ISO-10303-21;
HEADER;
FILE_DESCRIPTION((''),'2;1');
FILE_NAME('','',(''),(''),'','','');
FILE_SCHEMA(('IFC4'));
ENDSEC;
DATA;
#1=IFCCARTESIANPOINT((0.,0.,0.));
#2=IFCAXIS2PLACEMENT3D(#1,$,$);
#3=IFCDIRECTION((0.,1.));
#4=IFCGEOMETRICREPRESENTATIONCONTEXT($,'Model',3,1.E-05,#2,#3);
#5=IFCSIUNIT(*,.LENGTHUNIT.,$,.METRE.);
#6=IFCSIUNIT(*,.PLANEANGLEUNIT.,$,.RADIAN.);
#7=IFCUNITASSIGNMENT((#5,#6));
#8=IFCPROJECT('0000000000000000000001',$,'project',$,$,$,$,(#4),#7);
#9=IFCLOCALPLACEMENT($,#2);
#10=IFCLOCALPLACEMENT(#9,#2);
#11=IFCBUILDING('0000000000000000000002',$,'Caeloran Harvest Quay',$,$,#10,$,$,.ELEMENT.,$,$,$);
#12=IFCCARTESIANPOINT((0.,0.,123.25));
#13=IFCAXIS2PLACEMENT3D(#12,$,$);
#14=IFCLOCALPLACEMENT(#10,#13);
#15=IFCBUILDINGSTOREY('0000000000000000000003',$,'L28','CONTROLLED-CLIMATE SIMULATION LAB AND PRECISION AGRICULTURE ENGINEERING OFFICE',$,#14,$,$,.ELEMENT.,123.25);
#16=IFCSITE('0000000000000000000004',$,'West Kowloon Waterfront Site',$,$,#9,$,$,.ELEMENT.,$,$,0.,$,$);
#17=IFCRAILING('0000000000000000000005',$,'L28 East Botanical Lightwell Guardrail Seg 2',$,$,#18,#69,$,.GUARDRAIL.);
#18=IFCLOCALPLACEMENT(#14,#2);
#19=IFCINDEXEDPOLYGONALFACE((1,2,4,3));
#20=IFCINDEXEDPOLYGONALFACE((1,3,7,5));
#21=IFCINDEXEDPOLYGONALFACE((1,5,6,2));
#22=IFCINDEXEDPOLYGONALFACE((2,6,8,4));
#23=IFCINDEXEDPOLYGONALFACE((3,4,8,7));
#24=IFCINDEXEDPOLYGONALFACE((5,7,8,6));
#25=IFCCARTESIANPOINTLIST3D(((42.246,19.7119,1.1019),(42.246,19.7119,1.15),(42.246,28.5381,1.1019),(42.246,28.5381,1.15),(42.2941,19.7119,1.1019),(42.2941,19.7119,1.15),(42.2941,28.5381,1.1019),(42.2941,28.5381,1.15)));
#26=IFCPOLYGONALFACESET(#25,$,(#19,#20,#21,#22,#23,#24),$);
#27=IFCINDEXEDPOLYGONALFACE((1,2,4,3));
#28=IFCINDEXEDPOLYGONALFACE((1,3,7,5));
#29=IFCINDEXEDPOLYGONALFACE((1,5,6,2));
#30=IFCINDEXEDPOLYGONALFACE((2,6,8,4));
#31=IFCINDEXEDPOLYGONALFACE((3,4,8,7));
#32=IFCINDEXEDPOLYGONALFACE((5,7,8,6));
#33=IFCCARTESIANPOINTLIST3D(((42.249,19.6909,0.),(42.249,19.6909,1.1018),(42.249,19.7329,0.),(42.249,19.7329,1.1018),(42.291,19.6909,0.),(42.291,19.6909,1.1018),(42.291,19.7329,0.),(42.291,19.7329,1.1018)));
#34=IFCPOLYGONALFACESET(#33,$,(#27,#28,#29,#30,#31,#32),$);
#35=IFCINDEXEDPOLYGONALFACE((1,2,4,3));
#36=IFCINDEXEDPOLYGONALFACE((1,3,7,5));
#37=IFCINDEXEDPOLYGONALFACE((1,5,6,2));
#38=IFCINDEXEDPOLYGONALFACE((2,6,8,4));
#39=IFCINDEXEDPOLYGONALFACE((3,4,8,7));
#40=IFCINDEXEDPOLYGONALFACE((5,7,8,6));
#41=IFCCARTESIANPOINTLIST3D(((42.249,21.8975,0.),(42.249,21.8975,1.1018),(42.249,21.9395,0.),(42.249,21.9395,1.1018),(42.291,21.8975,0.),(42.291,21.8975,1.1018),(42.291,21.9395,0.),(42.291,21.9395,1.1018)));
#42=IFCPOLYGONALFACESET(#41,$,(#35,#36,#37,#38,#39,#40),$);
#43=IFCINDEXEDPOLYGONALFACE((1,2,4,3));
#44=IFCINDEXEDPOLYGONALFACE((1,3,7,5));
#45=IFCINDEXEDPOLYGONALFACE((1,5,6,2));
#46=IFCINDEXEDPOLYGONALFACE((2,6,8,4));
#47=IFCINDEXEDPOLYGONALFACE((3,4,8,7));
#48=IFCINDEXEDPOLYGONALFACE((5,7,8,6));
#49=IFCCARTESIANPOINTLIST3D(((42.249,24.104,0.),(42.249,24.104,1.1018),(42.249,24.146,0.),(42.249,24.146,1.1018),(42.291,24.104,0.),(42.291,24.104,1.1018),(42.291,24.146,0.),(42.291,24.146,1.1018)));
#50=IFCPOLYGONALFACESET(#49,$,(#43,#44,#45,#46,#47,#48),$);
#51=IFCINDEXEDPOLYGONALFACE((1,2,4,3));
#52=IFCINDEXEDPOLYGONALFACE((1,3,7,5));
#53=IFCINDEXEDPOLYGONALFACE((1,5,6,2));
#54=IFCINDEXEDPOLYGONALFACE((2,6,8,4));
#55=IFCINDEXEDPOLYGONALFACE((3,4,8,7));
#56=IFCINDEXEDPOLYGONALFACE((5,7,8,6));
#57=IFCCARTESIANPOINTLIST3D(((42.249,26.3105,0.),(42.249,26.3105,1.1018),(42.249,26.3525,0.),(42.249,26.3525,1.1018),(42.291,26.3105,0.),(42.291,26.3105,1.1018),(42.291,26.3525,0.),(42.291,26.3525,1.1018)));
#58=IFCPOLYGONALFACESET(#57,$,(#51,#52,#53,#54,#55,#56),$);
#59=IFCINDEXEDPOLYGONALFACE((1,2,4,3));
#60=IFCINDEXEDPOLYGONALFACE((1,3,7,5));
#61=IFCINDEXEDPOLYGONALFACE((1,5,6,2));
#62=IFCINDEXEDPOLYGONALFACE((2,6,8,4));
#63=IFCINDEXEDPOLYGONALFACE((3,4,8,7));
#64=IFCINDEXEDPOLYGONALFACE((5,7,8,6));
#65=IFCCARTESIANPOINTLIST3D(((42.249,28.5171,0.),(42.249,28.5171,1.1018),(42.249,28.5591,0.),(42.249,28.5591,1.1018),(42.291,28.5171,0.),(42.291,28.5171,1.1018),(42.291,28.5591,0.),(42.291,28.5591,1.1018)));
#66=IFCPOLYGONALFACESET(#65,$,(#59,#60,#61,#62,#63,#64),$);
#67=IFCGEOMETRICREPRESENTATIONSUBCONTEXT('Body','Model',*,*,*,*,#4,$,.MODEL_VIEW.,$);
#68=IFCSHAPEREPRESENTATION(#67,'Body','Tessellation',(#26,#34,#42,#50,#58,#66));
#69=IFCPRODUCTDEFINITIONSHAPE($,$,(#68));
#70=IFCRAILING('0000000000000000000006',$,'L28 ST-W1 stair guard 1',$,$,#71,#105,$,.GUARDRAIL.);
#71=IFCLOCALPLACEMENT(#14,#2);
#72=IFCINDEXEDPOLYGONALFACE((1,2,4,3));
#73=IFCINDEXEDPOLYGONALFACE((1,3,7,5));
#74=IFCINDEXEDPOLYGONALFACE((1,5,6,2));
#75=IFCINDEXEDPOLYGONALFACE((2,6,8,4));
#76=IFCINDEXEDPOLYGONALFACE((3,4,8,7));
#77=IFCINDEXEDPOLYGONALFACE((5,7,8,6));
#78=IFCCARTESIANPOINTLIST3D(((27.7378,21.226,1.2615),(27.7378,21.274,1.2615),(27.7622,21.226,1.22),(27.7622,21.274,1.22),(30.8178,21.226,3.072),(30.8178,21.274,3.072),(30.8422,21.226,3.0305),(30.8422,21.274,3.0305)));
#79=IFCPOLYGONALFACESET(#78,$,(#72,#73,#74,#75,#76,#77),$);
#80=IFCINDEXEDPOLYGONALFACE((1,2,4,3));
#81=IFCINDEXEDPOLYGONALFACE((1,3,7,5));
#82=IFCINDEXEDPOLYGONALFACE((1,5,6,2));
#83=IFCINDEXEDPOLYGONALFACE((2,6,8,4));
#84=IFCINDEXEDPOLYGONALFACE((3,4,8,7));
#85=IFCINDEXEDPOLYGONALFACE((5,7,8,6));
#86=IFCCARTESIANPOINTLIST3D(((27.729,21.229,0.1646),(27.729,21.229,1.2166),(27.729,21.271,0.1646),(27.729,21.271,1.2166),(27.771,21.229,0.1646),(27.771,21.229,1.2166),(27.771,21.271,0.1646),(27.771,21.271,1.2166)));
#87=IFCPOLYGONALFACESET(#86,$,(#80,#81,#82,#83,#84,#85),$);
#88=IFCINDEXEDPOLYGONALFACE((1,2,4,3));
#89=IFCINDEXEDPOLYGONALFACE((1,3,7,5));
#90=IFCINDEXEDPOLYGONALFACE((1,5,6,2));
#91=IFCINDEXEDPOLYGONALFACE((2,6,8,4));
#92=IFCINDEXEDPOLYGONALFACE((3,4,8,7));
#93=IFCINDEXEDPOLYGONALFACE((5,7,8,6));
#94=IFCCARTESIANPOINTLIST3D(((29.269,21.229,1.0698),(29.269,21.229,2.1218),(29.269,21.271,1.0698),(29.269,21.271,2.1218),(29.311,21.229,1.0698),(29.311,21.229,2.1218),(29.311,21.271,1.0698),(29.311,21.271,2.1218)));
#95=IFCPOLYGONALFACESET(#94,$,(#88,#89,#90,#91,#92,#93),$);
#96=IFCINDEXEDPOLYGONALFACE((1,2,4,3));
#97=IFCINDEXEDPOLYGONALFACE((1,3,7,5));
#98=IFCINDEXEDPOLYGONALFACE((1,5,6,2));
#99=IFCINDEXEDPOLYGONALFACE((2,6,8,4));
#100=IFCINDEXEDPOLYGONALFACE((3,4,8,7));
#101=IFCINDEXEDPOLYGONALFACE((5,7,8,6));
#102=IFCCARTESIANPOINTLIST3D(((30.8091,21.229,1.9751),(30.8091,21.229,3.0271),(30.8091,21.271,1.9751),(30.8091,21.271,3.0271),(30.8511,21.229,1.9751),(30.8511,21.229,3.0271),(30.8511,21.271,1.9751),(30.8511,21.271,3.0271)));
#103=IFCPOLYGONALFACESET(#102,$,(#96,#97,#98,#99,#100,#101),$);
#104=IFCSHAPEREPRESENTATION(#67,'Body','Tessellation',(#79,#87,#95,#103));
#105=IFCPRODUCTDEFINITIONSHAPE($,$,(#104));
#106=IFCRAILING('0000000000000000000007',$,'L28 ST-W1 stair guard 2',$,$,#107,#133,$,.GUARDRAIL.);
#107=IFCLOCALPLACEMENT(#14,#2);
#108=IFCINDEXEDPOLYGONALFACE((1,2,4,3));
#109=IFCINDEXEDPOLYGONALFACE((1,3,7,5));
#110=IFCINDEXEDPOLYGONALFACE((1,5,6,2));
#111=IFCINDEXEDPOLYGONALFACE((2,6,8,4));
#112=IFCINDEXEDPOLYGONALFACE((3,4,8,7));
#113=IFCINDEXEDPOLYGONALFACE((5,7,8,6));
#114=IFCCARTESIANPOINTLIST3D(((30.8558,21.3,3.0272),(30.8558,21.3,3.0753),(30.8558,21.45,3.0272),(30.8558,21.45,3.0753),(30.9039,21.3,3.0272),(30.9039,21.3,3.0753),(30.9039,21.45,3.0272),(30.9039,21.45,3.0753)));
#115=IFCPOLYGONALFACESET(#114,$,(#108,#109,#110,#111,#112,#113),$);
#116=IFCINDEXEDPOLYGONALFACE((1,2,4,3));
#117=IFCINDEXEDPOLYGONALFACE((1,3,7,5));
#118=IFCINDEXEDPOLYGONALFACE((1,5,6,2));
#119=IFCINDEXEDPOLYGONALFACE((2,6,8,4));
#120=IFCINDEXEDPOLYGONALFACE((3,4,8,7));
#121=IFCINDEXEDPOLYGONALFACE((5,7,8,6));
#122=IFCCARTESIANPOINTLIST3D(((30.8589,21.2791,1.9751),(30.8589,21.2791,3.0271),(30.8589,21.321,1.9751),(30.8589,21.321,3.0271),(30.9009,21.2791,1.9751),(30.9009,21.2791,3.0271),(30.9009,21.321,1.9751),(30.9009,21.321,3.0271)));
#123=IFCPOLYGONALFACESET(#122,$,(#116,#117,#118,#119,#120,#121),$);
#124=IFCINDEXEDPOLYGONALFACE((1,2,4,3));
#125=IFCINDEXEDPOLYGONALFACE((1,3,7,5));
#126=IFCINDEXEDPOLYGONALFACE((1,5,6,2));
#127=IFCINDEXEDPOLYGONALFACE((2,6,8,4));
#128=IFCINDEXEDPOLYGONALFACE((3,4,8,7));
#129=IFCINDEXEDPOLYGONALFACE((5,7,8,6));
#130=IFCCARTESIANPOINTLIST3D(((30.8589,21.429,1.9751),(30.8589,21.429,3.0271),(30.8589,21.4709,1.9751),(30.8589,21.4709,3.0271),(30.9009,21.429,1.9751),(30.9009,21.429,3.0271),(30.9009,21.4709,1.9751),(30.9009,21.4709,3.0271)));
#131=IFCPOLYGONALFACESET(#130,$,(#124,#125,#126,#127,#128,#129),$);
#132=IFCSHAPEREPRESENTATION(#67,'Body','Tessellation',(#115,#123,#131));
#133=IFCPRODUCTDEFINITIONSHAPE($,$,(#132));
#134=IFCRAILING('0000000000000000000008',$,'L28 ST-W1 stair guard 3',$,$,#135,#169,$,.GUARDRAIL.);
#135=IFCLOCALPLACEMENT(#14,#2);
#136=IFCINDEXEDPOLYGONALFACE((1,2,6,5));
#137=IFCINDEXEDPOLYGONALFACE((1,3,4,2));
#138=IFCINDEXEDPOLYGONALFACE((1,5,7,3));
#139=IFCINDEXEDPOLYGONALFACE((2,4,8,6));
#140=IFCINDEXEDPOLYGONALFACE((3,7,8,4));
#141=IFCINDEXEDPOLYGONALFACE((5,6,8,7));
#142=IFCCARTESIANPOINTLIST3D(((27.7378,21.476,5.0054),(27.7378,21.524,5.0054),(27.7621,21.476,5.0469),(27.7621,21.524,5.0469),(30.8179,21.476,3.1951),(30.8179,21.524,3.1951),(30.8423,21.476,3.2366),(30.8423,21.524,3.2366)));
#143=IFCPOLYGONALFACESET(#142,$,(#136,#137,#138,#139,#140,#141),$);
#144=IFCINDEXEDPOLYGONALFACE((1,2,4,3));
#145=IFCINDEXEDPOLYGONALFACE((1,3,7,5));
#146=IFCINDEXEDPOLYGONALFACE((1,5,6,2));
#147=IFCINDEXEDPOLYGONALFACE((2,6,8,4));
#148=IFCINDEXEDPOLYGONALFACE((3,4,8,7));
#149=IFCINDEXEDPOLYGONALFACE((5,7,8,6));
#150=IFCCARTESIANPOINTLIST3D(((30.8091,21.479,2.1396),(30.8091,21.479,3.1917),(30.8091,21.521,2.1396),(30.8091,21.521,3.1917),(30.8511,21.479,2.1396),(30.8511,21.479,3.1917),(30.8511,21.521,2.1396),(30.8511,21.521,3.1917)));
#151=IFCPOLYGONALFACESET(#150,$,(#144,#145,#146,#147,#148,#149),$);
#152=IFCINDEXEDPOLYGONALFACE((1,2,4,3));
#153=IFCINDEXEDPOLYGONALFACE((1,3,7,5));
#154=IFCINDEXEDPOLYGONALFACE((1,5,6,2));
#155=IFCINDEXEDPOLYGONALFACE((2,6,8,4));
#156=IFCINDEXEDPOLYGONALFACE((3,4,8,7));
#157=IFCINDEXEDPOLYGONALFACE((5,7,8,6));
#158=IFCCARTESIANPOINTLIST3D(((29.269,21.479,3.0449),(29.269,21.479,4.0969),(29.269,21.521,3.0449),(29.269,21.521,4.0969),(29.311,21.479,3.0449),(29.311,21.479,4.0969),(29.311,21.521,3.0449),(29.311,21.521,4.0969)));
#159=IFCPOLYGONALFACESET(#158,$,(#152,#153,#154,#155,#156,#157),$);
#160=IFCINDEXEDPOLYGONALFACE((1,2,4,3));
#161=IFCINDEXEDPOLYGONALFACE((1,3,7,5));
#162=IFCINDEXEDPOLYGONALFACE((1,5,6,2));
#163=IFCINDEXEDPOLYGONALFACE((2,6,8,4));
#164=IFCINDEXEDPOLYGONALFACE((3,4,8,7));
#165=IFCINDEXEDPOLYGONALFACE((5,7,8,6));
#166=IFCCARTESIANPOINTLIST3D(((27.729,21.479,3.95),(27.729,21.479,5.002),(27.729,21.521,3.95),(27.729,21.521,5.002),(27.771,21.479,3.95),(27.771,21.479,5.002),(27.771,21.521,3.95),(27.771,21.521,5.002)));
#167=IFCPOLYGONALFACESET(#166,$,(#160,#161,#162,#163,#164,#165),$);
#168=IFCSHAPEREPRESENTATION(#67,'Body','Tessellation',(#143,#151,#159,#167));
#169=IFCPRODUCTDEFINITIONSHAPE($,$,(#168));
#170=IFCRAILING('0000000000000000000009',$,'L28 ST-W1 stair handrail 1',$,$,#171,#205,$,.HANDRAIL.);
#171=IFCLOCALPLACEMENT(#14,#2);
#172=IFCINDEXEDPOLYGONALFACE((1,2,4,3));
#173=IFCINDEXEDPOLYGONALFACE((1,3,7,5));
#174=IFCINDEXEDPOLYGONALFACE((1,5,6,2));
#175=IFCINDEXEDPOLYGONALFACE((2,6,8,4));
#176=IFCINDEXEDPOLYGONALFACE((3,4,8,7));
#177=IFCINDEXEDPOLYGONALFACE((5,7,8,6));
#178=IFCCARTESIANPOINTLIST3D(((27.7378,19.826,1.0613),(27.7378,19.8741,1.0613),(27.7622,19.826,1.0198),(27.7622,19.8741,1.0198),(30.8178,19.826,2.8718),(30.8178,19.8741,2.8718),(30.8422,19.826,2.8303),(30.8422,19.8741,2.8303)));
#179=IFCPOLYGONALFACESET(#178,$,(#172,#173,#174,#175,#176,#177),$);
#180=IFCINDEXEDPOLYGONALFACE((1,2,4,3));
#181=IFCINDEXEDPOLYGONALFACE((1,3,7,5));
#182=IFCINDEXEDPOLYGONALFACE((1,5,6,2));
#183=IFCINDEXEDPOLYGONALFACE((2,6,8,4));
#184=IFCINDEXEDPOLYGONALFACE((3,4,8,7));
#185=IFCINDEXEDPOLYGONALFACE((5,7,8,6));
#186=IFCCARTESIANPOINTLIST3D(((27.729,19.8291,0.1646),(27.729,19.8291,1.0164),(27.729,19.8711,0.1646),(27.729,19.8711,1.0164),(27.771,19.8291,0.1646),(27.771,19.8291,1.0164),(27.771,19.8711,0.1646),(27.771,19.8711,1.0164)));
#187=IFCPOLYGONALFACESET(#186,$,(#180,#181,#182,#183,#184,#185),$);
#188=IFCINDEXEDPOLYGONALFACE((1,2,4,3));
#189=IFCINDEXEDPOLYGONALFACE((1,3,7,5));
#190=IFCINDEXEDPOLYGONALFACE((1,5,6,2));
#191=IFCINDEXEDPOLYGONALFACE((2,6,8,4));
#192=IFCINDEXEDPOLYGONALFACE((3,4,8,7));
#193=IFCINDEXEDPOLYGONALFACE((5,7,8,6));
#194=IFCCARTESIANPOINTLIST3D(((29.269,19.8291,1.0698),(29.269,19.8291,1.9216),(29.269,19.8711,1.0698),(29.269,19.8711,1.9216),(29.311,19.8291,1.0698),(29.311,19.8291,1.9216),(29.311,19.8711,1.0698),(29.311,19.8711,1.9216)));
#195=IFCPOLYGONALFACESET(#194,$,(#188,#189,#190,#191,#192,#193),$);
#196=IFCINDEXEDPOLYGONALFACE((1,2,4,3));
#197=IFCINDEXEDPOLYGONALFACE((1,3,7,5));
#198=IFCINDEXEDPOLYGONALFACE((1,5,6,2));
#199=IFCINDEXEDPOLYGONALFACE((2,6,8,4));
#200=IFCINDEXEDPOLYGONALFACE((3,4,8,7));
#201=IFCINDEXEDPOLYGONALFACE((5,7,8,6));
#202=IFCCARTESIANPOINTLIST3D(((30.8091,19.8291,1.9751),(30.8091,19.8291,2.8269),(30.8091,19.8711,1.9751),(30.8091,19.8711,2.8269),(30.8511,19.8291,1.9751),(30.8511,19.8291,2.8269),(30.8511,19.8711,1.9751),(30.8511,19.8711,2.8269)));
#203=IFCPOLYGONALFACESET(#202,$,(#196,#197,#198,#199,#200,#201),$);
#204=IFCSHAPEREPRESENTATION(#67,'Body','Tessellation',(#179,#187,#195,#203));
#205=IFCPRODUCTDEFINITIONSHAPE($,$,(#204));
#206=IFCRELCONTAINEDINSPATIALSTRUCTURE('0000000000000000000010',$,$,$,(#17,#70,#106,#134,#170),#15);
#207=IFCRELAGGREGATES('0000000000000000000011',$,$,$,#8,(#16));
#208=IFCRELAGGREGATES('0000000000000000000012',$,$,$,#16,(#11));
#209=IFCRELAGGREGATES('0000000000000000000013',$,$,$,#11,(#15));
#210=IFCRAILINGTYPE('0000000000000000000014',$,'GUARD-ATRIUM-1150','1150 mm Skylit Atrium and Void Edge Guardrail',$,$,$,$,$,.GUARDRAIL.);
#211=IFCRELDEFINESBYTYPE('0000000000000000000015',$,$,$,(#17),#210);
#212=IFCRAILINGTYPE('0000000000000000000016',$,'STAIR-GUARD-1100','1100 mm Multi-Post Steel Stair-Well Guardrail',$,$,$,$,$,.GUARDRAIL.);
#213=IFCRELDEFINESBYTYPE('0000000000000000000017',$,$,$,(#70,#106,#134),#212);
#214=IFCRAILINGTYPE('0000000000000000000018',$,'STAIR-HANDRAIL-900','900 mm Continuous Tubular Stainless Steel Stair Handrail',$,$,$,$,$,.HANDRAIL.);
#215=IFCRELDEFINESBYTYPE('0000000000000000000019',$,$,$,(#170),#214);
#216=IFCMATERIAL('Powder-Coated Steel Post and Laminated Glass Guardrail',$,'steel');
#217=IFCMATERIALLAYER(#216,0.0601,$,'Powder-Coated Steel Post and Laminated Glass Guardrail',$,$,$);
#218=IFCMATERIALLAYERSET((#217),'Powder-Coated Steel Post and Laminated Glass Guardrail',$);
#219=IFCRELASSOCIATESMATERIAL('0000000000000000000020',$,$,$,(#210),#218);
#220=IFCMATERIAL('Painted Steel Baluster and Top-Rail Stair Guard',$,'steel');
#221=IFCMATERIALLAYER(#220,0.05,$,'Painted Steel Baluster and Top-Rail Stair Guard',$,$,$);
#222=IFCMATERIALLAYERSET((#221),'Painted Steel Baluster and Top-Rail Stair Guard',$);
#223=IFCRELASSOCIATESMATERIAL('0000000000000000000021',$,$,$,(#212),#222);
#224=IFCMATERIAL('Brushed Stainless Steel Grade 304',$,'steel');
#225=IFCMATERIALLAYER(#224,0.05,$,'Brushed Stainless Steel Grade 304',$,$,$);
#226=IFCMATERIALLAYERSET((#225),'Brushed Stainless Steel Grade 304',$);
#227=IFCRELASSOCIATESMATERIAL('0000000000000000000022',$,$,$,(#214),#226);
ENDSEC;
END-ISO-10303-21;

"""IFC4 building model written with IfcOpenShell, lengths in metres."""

from ifc_helpers import new_model, si_unit, direction, frame, origin, origin_2d, place, context, subcontext, project, spatial, rectangle, extrude, material, layer, layer_set, type_object, element, save


model = new_model("IFC4")

# Units and contexts
model_context = context("Model", 3, precision=1e-05, world=origin(), true_north=direction((0.0, 1.0)))
body_context = subcontext(model_context, "Body", "Model", "MODEL_VIEW")
ifc_project = project(units=[si_unit("LENGTHUNIT", "METRE"), si_unit("PLANEANGLEUNIT", "RADIAN")], contexts=[model_context])

# Site, building, storey
site_placement = place(None, origin())
site = spatial("IfcSite", under=ifc_project, at=site_placement, Name="West Kowloon Waterfront Site", CompositionType="ELEMENT", RefElevation=0.0)
building_placement = place(site_placement, origin())
building = spatial("IfcBuilding", under=site, at=building_placement, Name="Caeloran Harvest Quay", CompositionType="ELEMENT")
storey_placement = place(building_placement, frame((0.0, 0.0, 123.25)))
storey = spatial("IfcBuildingStorey", under=building, at=storey_placement, Name="L28", Description="CONTROLLED-CLIMATE SIMULATION LAB AND PRECISION AGRICULTURE ENGINEERING OFFICE", CompositionType="ELEMENT", Elevation=123.25)

# Railings
ifc_material_1 = material(Name="Powder-Coated Steel Post and Laminated Glass Guardrail", Category="steel")
ifc_layer_1 = layer(ifc_material_1, 0.0601, Name="Powder-Coated Steel Post and Laminated Glass Guardrail")
ifc_layer_set_1 = layer_set([ifc_layer_1], Name="Powder-Coated Steel Post and Laminated Glass Guardrail")
railing_type_1 = type_object("IfcRailingType", Name="GUARD-ATRIUM-1150", Description="1150 mm Skylit Atrium and Void Edge Guardrail", PredefinedType="GUARDRAIL", material=ifc_layer_set_1)
railing_1_placement = place(storey_placement, frame((42.27, 19.7119, 0.0)))
element("IfcRailing", 1, at=railing_1_placement, inside=storey, type_object=railing_type_1, Name="L28 East Botanical Lightwell Guardrail Seg 2", PredefinedType="GUARDRAIL", context=body_context, shape_type="SweptSolid", body=[
    extrude(rectangle(XDim=0.0481, YDim=0.0481, at=origin_2d()), frame((0.0, 0.0, 1.126), z_axis=(0.0, 1.0, 0.0), x_axis=(-1.0, 0.0, 0.0)), (0.0, 0.0, 1.0), 8.8262),
    extrude(rectangle(XDim=0.042, YDim=0.042, at=origin_2d()), origin(), (0.0, 0.0, 1.0), 1.1018),
    extrude(rectangle(XDim=0.042, YDim=0.042, at=origin_2d()), frame((0.0, 2.2065, 0.0)), (0.0, 0.0, 1.0), 1.1018),
    extrude(rectangle(XDim=0.042, YDim=0.042, at=origin_2d()), frame((0.0, 4.4131, 0.0)), (0.0, 0.0, 1.0), 1.1018),
    extrude(rectangle(XDim=0.042, YDim=0.042, at=origin_2d()), frame((0.0, 6.6196, 0.0)), (0.0, 0.0, 1.0), 1.1018),
    extrude(rectangle(XDim=0.042, YDim=0.042, at=origin_2d()), frame((0.0, 8.8262, 0.0)), (0.0, 0.0, 1.0), 1.1018),
])
ifc_material_2 = material(Name="Painted Steel Baluster and Top-Rail Stair Guard", Category="steel")
ifc_layer_2 = layer(ifc_material_2, 0.05, Name="Painted Steel Baluster and Top-Rail Stair Guard")
ifc_layer_set_2 = layer_set([ifc_layer_2], Name="Painted Steel Baluster and Top-Rail Stair Guard")
railing_type_2 = type_object("IfcRailingType", Name="STAIR-GUARD-1100", Description="1100 mm Multi-Post Steel Stair-Well Guardrail", PredefinedType="GUARDRAIL", material=ifc_layer_set_2)
railing_2_placement = place(storey_placement, frame((27.75, 21.25, 0.1646)))
element("IfcRailing", 2, at=railing_2_placement, inside=storey, type_object=railing_type_2, Name="L28 ST-W1 stair guard 1", PredefinedType="GUARDRAIL", context=body_context, shape_type="SweptSolid", body=[
    extrude(rectangle(XDim=0.0481, YDim=0.0481, at=origin_2d()), frame((0.0, 0.0, 1.0762), z_axis=(0.862089, 0.0, 0.506757), x_axis=(0.0, 1.0, 0.0)), (0.0, 0.0, 1.0), 3.5728),
    extrude(rectangle(XDim=0.042, YDim=0.042, at=origin_2d()), origin(), (0.0, 0.0, 1.0), 1.052),
    extrude(rectangle(XDim=0.042, YDim=0.042, at=origin_2d()), frame((1.54, 0.0, 0.9053)), (0.0, 0.0, 1.0), 1.052),
    extrude(rectangle(XDim=0.042, YDim=0.042, at=origin_2d()), frame((3.0801, 0.0, 1.8105)), (0.0, 0.0, 1.0), 1.052),
])
railing_3_placement = place(storey_placement, frame((30.8799, 21.3, 1.9751)))
element("IfcRailing", 3, at=railing_3_placement, inside=storey, type_object=railing_type_2, Name="L28 ST-W1 stair guard 2", PredefinedType="GUARDRAIL", context=body_context, shape_type="SweptSolid", body=[
    extrude(rectangle(XDim=0.0481, YDim=0.0481, at=origin_2d()), frame((0.0, 0.0, 1.0762), z_axis=(0.0, 1.0, 0.0), x_axis=(-1.0, 0.0, 0.0)), (0.0, 0.0, 1.0), 0.1499),
    extrude(rectangle(XDim=0.042, YDim=0.042, at=origin_2d()), origin(), (0.0, 0.0, 1.0), 1.052),
    extrude(rectangle(XDim=0.042, YDim=0.042, at=origin_2d()), frame((0.0, 0.1499, 0.0)), (0.0, 0.0, 1.0), 1.052),
])
railing_4_placement = place(storey_placement, frame((30.8301, 21.5, 2.1396)))
element("IfcRailing", 4, at=railing_4_placement, inside=storey, type_object=railing_type_2, Name="L28 ST-W1 stair guard 3", PredefinedType="GUARDRAIL", context=body_context, shape_type="SweptSolid", body=[
    extrude(rectangle(XDim=0.0481, YDim=0.0481, at=origin_2d()), frame((0.0, 0.0, 1.0762), z_axis=(-0.862119, 0.0, 0.506707), x_axis=(0.0, -1.0, 0.0)), (0.0, 0.0, 1.0), 3.5728),
    extrude(rectangle(XDim=0.042, YDim=0.042, at=origin_2d()), origin(), (0.0, 0.0, 1.0), 1.052),
    extrude(rectangle(XDim=0.042, YDim=0.042, at=origin_2d()), frame((-1.54, 0.0, 0.9053)), (0.0, 0.0, 1.0), 1.052),
    extrude(rectangle(XDim=0.042, YDim=0.042, at=origin_2d()), frame((-3.0801, 0.0, 1.8103)), (0.0, 0.0, 1.0), 1.052),
])
ifc_material_3 = material(Name="Brushed Stainless Steel Grade 304", Category="steel")
ifc_layer_3 = layer(ifc_material_3, 0.05, Name="Brushed Stainless Steel Grade 304")
ifc_layer_set_3 = layer_set([ifc_layer_3], Name="Brushed Stainless Steel Grade 304")
railing_type_3 = type_object("IfcRailingType", Name="STAIR-HANDRAIL-900", Description="900 mm Continuous Tubular Stainless Steel Stair Handrail", PredefinedType="HANDRAIL", material=ifc_layer_set_3)
railing_5_placement = place(storey_placement, frame((27.75, 19.8501, 0.1646)))
element("IfcRailing", 5, at=railing_5_placement, inside=storey, type_object=railing_type_3, Name="L28 ST-W1 stair handrail 1", PredefinedType="HANDRAIL", context=body_context, shape_type="SweptSolid", body=[
    extrude(rectangle(XDim=0.0481, YDim=0.0481, at=origin_2d()), frame((0.0, 0.0, 0.876), z_axis=(0.862089, 0.0, 0.506757), x_axis=(0.0, 1.0, 0.0)), (0.0, 0.0, 1.0), 3.5728),
    extrude(rectangle(XDim=0.042, YDim=0.042, at=origin_2d()), origin(), (0.0, 0.0, 1.0), 0.8518),
    extrude(rectangle(XDim=0.042, YDim=0.042, at=origin_2d()), frame((1.54, 0.0, 0.9053)), (0.0, 0.0, 1.0), 0.8518),
    extrude(rectangle(XDim=0.042, YDim=0.042, at=origin_2d()), frame((3.0801, 0.0, 1.8105)), (0.0, 0.0, 1.0), 0.8518),
])

save(model, "model.ifc")
